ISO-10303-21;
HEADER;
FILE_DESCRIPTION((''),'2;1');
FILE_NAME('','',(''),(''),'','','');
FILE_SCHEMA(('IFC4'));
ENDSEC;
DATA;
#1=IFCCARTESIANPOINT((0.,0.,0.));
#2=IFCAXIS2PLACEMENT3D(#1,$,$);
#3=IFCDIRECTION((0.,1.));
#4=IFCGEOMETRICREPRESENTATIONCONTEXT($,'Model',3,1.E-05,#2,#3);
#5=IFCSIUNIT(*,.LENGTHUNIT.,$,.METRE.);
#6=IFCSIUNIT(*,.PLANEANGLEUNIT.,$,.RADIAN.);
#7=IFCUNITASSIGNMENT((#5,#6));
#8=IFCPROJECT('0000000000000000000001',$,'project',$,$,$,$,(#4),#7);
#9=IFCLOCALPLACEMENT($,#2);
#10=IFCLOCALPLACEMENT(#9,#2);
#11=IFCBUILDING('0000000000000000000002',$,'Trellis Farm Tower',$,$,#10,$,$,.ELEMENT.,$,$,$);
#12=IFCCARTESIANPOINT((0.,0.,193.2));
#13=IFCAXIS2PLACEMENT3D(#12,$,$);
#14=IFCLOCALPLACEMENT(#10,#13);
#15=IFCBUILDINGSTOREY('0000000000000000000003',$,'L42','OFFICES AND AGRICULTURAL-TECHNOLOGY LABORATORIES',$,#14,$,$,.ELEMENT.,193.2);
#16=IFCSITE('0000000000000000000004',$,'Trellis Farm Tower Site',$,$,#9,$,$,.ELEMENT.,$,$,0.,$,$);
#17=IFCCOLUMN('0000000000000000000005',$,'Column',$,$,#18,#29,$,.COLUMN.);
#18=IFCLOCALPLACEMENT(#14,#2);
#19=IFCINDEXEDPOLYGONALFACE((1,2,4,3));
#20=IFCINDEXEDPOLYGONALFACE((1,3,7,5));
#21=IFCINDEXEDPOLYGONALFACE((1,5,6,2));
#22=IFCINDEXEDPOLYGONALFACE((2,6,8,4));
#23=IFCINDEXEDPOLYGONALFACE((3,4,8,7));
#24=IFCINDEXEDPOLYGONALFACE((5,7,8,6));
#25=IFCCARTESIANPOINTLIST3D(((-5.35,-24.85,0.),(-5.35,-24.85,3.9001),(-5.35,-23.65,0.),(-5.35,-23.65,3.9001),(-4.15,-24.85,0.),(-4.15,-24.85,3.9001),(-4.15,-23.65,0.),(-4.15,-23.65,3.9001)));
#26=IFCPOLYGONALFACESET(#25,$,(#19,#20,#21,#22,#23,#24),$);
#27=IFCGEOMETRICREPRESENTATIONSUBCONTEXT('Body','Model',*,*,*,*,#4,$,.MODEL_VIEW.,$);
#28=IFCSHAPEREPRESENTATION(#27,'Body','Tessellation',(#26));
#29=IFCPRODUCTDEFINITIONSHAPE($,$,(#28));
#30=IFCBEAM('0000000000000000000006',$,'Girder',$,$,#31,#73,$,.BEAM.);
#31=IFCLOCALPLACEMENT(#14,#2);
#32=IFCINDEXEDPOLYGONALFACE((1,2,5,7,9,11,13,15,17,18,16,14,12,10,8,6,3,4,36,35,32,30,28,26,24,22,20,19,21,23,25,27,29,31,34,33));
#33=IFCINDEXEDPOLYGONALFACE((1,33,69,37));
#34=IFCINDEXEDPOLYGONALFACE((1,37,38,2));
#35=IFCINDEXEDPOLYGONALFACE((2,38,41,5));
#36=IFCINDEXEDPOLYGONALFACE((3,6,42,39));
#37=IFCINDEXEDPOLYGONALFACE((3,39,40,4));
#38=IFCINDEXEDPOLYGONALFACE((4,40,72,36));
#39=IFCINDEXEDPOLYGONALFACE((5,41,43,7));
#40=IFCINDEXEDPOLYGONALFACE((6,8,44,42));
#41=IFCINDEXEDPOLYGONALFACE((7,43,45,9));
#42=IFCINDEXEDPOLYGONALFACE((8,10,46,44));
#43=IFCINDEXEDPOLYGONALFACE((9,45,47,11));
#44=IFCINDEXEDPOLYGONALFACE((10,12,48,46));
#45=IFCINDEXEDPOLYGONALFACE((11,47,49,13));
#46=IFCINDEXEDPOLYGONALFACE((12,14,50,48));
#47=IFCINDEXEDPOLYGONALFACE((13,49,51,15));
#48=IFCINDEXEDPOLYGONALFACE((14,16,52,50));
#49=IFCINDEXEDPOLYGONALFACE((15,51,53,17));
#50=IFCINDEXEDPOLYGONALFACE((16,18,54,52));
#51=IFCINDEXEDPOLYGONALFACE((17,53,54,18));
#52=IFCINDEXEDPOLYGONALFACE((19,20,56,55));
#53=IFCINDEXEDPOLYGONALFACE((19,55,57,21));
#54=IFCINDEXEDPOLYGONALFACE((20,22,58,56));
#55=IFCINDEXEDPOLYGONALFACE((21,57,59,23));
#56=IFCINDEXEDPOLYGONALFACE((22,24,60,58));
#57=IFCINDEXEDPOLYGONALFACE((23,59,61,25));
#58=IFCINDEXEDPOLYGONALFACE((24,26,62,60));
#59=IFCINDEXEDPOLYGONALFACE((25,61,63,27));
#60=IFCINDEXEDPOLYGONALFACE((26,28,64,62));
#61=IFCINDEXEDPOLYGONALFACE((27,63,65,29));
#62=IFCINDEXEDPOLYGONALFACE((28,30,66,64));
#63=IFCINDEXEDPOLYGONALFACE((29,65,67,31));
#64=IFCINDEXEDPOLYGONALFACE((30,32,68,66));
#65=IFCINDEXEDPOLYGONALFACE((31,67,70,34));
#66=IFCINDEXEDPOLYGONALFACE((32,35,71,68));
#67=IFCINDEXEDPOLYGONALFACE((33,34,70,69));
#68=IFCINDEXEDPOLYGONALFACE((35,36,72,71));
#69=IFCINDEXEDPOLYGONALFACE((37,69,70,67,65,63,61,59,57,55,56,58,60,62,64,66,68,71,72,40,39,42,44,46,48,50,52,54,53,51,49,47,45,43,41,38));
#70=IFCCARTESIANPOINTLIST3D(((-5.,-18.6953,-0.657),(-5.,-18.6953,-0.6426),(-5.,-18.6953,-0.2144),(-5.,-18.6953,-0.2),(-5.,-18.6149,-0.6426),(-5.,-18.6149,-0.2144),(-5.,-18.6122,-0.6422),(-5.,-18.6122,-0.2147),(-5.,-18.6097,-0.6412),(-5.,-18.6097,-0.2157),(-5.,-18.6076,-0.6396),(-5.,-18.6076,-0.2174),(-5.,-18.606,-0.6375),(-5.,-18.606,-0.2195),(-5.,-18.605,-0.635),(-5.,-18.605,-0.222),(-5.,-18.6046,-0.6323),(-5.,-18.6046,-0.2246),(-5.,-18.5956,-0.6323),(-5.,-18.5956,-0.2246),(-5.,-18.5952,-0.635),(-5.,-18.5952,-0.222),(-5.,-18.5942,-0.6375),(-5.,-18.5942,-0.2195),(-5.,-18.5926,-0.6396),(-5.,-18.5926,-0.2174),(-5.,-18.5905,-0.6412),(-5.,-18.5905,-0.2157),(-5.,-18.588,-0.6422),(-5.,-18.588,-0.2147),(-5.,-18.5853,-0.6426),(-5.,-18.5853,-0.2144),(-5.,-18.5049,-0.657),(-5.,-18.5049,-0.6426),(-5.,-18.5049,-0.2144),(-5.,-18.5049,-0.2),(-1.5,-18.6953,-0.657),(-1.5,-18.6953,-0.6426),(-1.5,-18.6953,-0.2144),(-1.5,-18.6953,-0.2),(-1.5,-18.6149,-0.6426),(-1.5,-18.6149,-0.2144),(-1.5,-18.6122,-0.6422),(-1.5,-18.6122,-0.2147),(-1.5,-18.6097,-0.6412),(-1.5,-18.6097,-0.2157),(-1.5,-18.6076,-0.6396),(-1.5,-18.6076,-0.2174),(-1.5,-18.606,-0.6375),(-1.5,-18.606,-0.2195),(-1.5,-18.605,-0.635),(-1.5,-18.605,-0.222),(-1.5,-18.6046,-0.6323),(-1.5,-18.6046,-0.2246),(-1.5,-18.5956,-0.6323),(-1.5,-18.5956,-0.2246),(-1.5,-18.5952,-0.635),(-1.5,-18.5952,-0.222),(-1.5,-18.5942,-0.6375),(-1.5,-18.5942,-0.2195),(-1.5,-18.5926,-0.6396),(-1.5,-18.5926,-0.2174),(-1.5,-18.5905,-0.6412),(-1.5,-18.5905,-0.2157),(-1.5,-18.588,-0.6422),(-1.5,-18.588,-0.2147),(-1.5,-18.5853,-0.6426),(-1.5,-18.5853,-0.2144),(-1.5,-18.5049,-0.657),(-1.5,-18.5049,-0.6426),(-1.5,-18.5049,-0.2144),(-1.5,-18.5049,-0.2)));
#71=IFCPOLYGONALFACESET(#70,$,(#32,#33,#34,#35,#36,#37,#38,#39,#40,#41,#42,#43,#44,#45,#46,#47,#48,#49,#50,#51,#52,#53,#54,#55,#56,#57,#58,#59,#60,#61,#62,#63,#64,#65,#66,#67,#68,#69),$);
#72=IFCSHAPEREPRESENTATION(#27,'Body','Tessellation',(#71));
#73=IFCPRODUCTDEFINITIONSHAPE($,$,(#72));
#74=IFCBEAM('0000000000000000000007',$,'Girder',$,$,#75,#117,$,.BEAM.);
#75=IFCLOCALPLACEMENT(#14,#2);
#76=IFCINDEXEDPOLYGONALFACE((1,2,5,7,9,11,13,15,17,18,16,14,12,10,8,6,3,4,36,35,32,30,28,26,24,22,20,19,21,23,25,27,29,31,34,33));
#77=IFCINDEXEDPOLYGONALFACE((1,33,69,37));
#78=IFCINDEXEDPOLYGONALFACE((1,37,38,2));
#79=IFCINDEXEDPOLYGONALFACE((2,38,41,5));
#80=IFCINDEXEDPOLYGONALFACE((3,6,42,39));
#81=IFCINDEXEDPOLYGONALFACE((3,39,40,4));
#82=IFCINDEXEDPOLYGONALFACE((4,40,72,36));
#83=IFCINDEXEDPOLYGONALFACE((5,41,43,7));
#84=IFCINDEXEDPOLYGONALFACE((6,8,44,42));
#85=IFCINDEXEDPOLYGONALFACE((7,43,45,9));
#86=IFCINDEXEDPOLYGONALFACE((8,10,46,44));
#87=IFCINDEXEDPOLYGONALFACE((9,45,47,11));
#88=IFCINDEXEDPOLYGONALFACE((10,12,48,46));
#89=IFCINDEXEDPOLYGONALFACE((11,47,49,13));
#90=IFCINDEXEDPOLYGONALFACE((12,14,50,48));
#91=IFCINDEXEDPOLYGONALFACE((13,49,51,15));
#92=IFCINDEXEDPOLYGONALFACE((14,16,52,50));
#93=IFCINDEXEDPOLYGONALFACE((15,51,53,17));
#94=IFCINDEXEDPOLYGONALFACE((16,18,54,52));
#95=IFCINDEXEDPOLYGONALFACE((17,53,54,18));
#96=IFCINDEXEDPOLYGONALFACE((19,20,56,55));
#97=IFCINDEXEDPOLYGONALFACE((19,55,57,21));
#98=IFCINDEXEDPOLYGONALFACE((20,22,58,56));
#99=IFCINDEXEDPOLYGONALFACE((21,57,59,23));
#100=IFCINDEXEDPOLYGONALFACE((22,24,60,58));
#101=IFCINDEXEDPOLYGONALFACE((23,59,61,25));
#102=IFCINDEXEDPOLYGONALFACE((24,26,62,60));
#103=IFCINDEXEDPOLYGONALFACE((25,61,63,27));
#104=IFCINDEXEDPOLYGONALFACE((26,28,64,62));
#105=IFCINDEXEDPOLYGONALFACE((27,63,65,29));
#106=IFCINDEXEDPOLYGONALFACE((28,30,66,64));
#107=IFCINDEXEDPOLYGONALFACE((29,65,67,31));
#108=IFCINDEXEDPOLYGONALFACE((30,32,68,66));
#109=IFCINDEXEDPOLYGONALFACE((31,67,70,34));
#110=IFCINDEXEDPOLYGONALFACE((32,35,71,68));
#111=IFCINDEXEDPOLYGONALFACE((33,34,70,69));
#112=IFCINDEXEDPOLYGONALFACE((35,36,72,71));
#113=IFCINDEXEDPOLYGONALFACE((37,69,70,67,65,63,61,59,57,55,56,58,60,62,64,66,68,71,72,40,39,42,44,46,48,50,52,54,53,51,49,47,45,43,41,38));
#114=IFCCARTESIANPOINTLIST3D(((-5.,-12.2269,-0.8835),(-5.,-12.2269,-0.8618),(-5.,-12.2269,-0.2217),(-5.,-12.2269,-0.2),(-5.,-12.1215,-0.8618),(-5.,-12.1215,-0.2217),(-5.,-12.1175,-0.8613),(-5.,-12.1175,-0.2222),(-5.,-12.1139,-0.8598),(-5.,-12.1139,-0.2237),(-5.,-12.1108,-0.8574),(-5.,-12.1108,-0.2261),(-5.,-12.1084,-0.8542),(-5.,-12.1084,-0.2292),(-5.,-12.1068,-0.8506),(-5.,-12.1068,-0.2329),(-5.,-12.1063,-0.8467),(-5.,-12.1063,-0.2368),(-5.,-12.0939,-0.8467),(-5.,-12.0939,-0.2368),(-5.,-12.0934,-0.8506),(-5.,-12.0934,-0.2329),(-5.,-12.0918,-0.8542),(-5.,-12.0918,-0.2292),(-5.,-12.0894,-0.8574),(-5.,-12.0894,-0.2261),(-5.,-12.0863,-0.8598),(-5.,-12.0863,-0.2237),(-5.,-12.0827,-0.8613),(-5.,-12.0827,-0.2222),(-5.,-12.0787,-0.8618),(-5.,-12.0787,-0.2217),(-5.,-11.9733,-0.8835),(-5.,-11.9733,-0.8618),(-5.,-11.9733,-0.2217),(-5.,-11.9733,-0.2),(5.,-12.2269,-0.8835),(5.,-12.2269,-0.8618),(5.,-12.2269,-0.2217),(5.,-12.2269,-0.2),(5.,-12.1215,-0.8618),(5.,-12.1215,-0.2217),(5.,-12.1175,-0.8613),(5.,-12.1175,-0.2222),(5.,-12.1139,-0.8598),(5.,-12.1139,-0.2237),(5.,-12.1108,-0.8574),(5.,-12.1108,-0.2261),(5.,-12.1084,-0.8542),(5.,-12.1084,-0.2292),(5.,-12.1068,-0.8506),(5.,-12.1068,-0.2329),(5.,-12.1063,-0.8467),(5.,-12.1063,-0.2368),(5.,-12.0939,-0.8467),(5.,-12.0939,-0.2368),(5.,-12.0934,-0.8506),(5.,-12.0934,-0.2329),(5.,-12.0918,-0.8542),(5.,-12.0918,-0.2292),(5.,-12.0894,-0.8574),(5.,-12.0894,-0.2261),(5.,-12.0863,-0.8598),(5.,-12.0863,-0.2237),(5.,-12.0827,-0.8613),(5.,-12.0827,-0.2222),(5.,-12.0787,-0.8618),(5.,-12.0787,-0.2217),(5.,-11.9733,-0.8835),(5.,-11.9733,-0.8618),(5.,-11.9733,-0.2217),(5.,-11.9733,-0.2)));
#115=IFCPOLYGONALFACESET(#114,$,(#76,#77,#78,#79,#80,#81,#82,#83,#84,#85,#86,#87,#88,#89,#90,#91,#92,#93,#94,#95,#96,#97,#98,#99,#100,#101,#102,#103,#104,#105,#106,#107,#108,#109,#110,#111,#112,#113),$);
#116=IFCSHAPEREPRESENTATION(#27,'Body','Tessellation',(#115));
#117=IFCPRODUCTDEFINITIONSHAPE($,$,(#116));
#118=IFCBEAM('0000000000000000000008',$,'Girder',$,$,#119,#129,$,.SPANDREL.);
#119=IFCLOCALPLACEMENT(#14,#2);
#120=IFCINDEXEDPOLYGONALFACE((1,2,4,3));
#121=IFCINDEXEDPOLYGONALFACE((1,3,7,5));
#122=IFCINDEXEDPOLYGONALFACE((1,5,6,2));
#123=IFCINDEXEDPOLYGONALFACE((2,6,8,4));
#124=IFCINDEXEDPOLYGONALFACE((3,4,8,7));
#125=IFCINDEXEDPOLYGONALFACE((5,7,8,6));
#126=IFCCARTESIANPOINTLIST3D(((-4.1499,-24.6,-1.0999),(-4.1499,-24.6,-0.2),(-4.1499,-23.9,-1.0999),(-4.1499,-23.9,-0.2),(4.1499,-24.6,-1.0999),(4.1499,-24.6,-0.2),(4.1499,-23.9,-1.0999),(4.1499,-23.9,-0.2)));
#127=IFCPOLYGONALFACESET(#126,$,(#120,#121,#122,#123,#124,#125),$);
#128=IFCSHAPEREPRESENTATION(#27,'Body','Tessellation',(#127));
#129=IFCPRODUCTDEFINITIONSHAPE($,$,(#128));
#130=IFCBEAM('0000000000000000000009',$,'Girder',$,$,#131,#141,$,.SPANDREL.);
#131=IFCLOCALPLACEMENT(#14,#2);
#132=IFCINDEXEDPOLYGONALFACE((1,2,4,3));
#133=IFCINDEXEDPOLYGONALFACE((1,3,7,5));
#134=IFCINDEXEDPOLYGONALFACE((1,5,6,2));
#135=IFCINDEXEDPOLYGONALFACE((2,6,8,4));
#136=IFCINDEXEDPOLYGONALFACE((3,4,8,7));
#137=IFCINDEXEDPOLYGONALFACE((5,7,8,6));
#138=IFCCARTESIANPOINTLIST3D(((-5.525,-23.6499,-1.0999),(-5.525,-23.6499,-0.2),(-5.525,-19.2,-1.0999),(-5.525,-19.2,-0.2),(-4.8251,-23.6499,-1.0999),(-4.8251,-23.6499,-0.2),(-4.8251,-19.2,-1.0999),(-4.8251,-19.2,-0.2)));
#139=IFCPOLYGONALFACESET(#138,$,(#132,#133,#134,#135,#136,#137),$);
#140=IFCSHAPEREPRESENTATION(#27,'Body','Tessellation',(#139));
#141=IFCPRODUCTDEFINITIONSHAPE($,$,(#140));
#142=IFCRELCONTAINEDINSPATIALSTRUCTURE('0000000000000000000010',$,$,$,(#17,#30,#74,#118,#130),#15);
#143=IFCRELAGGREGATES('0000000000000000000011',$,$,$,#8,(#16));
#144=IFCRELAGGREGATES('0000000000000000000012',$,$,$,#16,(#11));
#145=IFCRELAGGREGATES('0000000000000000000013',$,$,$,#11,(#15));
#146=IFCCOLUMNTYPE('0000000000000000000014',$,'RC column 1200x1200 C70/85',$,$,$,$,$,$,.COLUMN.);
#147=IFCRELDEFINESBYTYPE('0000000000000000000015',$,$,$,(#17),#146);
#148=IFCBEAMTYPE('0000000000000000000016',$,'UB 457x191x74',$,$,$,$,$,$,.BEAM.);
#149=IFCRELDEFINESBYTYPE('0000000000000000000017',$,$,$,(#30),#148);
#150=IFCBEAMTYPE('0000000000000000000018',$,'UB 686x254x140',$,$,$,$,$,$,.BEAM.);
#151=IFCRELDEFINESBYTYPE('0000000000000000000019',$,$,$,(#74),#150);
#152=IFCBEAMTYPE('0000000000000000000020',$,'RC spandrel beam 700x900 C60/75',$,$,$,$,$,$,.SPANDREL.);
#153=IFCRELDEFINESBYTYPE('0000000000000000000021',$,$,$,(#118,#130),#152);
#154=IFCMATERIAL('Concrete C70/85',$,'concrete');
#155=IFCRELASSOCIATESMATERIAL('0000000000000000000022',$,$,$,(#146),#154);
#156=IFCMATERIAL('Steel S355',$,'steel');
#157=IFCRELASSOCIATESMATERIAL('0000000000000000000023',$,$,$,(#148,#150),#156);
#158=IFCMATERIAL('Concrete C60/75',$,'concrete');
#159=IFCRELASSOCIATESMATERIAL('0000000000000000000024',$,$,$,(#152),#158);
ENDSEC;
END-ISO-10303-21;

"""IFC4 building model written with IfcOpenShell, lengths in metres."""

from ifc_helpers import new_model, si_unit, direction, frame, origin, origin_2d, place, context, subcontext, project, spatial, rectangle, i_section, extrude, source, transform, mapped, material, material_profile, profile_set, type_object, element, save


model = new_model("IFC4")

# Units and contexts
model_context = context("Model", 3, precision=1e-05, world=origin(), true_north=direction((0.0, 1.0)))
body_context = subcontext(model_context, "Body", "Model", "MODEL_VIEW")
ifc_project = project(units=[si_unit("LENGTHUNIT", "METRE"), si_unit("PLANEANGLEUNIT", "RADIAN")], contexts=[model_context])

# Site, building, storey
site_placement = place(None, origin())
site = spatial("IfcSite", under=ifc_project, at=site_placement, Name="Trellis Farm Tower Site", CompositionType="ELEMENT", RefElevation=0.0)
building_placement = place(site_placement, origin())
building = spatial("IfcBuilding", under=site, at=building_placement, Name="Trellis Farm Tower", CompositionType="ELEMENT")
storey_placement = place(building_placement, frame((0.0, 0.0, 193.2)))
storey = spatial("IfcBuildingStorey", under=building, at=storey_placement, Name="L42", Description="OFFICES AND AGRICULTURAL-TECHNOLOGY LABORATORIES", CompositionType="ELEMENT", Elevation=193.2)

# Column
ifc_material_1 = material(Name="Concrete C70/85", Category="concrete")
ifc_material_profile_1 = material_profile(ifc_material_1, rectangle(XDim=1.2, YDim=1.2, at=origin_2d()), Name="RC column 1200x1200 C70/85")
ifc_profile_set_1 = profile_set([ifc_material_profile_1], Name="Concrete C70/85")
column_type = type_object("IfcColumnType", Name="RC column 1200x1200 C70/85", PredefinedType="COLUMN", material=ifc_profile_set_1)
shared_shape_1 = source(origin(), body_context, "Body", "SweptSolid", [
    extrude(rectangle(XDim=1.2, YDim=1.2, at=origin_2d()), origin(), (0.0, 0.0, 1.0), 3.9001),
])
column_placement = place(storey_placement, frame((-4.75, -24.25, 0.0), z_axis=(0.0, 0.0, 1.0), x_axis=(1.0, 0.0, 0.0)))
element("IfcColumn", 1, at=column_placement, inside=storey, type_object=column_type, Name="Column", PredefinedType="COLUMN", context=body_context, shape_type="MappedRepresentation", body=[
    mapped(shared_shape_1, transform((0.0, 0.0, 0.0))),
])

# Beams
ifc_material_2 = material(Name="Steel S355", Category="steel")
ifc_material_profile_2 = material_profile(ifc_material_2, i_section(OverallWidth=0.1904, OverallDepth=0.457, WebThickness=0.009, FlangeThickness=0.0144, FilletRadius=0.0103, at=origin_2d()), Name="UB 457x191x74")
ifc_profile_set_2 = profile_set([ifc_material_profile_2], Name="Steel S355")
beam_type_1 = type_object("IfcBeamType", Name="UB 457x191x74", PredefinedType="BEAM", material=ifc_profile_set_2)
shared_shape_2 = source(origin(), body_context, "Body", "SweptSolid", [
    extrude(i_section(OverallWidth=0.1904, OverallDepth=0.457, WebThickness=0.009, FlangeThickness=0.0144, FilletRadius=0.0103, at=origin_2d()), origin(), (0.0, 0.0, 1.0), 3.5),
])
beam_1_placement = place(storey_placement, frame((-5.0, -18.6001, -0.4285), z_axis=(1.0, 0.0, 0.0), x_axis=(0.0, 1.0, 0.0)))
element("IfcBeam", 2, at=beam_1_placement, inside=storey, type_object=beam_type_1, Name="Girder", PredefinedType="BEAM", context=body_context, shape_type="MappedRepresentation", body=[
    mapped(shared_shape_2, transform((0.0, 0.0, 0.0))),
])
ifc_material_profile_3 = material_profile(ifc_material_2, i_section(OverallWidth=0.2537, OverallDepth=0.6836, WebThickness=0.0125, FlangeThickness=0.0217, FilletRadius=0.0151, at=origin_2d()), Name="UB 686x254x140")
ifc_profile_set_3 = profile_set([ifc_material_profile_3], Name="Steel S355")
beam_type_2 = type_object("IfcBeamType", Name="UB 686x254x140", PredefinedType="BEAM", material=ifc_profile_set_3)
shared_shape_3 = source(origin(), body_context, "Body", "SweptSolid", [
    extrude(i_section(OverallWidth=0.2537, OverallDepth=0.6836, WebThickness=0.0125, FlangeThickness=0.0217, FilletRadius=0.0151, at=origin_2d()), origin(), (0.0, 0.0, 1.0), 10.0),
])
beam_2_placement = place(storey_placement, frame((-5.0, -12.1001, -0.5417), z_axis=(1.0, 0.0, 0.0), x_axis=(0.0, 1.0, 0.0)))
element("IfcBeam", 3, at=beam_2_placement, inside=storey, type_object=beam_type_2, Name="Girder", PredefinedType="BEAM", context=body_context, shape_type="MappedRepresentation", body=[
    mapped(shared_shape_3, transform((0.0, 0.0, 0.0))),
])
ifc_material_3 = material(Name="Concrete C60/75", Category="concrete")
ifc_material_profile_4 = material_profile(ifc_material_3, rectangle(XDim=0.7, YDim=0.8999, at=origin_2d()), Name="RC spandrel beam 700x900 C60/75")
ifc_profile_set_4 = profile_set([ifc_material_profile_4], Name="Concrete C60/75")
beam_type_3 = type_object("IfcBeamType", Name="RC spandrel beam 700x900 C60/75", PredefinedType="SPANDREL", material=ifc_profile_set_4)
shared_shape_4 = source(origin(), body_context, "Body", "SweptSolid", [
    extrude(rectangle(XDim=0.7, YDim=0.8999, at=origin_2d()), origin(), (0.0, 0.0, 1.0), 8.2998),
])
beam_3_placement = place(storey_placement, frame((-4.1499, -24.25, -0.6499), z_axis=(1.0, 0.0, 0.0), x_axis=(0.0, 1.0, 0.0)))
element("IfcBeam", 4, at=beam_3_placement, inside=storey, type_object=beam_type_3, Name="Girder", PredefinedType="SPANDREL", context=body_context, shape_type="MappedRepresentation", body=[
    mapped(shared_shape_4, transform((0.0, 0.0, 0.0))),
])
shared_shape_5 = source(origin(), body_context, "Body", "SweptSolid", [
    extrude(rectangle(XDim=0.7, YDim=0.8999, at=origin_2d()), origin(), (0.0, 0.0, 1.0), 4.45),
])
beam_4_placement = place(storey_placement, frame((-5.175, -23.6499, -0.6499), z_axis=(0.0, 1.0, 0.0), x_axis=(-1.0, 0.0, 0.0)))
element("IfcBeam", 5, at=beam_4_placement, inside=storey, type_object=beam_type_3, Name="Girder", PredefinedType="SPANDREL", context=body_context, shape_type="MappedRepresentation", body=[
    mapped(shared_shape_5, transform((0.0, 0.0, 0.0))),
])

save(model, "model.ifc")
